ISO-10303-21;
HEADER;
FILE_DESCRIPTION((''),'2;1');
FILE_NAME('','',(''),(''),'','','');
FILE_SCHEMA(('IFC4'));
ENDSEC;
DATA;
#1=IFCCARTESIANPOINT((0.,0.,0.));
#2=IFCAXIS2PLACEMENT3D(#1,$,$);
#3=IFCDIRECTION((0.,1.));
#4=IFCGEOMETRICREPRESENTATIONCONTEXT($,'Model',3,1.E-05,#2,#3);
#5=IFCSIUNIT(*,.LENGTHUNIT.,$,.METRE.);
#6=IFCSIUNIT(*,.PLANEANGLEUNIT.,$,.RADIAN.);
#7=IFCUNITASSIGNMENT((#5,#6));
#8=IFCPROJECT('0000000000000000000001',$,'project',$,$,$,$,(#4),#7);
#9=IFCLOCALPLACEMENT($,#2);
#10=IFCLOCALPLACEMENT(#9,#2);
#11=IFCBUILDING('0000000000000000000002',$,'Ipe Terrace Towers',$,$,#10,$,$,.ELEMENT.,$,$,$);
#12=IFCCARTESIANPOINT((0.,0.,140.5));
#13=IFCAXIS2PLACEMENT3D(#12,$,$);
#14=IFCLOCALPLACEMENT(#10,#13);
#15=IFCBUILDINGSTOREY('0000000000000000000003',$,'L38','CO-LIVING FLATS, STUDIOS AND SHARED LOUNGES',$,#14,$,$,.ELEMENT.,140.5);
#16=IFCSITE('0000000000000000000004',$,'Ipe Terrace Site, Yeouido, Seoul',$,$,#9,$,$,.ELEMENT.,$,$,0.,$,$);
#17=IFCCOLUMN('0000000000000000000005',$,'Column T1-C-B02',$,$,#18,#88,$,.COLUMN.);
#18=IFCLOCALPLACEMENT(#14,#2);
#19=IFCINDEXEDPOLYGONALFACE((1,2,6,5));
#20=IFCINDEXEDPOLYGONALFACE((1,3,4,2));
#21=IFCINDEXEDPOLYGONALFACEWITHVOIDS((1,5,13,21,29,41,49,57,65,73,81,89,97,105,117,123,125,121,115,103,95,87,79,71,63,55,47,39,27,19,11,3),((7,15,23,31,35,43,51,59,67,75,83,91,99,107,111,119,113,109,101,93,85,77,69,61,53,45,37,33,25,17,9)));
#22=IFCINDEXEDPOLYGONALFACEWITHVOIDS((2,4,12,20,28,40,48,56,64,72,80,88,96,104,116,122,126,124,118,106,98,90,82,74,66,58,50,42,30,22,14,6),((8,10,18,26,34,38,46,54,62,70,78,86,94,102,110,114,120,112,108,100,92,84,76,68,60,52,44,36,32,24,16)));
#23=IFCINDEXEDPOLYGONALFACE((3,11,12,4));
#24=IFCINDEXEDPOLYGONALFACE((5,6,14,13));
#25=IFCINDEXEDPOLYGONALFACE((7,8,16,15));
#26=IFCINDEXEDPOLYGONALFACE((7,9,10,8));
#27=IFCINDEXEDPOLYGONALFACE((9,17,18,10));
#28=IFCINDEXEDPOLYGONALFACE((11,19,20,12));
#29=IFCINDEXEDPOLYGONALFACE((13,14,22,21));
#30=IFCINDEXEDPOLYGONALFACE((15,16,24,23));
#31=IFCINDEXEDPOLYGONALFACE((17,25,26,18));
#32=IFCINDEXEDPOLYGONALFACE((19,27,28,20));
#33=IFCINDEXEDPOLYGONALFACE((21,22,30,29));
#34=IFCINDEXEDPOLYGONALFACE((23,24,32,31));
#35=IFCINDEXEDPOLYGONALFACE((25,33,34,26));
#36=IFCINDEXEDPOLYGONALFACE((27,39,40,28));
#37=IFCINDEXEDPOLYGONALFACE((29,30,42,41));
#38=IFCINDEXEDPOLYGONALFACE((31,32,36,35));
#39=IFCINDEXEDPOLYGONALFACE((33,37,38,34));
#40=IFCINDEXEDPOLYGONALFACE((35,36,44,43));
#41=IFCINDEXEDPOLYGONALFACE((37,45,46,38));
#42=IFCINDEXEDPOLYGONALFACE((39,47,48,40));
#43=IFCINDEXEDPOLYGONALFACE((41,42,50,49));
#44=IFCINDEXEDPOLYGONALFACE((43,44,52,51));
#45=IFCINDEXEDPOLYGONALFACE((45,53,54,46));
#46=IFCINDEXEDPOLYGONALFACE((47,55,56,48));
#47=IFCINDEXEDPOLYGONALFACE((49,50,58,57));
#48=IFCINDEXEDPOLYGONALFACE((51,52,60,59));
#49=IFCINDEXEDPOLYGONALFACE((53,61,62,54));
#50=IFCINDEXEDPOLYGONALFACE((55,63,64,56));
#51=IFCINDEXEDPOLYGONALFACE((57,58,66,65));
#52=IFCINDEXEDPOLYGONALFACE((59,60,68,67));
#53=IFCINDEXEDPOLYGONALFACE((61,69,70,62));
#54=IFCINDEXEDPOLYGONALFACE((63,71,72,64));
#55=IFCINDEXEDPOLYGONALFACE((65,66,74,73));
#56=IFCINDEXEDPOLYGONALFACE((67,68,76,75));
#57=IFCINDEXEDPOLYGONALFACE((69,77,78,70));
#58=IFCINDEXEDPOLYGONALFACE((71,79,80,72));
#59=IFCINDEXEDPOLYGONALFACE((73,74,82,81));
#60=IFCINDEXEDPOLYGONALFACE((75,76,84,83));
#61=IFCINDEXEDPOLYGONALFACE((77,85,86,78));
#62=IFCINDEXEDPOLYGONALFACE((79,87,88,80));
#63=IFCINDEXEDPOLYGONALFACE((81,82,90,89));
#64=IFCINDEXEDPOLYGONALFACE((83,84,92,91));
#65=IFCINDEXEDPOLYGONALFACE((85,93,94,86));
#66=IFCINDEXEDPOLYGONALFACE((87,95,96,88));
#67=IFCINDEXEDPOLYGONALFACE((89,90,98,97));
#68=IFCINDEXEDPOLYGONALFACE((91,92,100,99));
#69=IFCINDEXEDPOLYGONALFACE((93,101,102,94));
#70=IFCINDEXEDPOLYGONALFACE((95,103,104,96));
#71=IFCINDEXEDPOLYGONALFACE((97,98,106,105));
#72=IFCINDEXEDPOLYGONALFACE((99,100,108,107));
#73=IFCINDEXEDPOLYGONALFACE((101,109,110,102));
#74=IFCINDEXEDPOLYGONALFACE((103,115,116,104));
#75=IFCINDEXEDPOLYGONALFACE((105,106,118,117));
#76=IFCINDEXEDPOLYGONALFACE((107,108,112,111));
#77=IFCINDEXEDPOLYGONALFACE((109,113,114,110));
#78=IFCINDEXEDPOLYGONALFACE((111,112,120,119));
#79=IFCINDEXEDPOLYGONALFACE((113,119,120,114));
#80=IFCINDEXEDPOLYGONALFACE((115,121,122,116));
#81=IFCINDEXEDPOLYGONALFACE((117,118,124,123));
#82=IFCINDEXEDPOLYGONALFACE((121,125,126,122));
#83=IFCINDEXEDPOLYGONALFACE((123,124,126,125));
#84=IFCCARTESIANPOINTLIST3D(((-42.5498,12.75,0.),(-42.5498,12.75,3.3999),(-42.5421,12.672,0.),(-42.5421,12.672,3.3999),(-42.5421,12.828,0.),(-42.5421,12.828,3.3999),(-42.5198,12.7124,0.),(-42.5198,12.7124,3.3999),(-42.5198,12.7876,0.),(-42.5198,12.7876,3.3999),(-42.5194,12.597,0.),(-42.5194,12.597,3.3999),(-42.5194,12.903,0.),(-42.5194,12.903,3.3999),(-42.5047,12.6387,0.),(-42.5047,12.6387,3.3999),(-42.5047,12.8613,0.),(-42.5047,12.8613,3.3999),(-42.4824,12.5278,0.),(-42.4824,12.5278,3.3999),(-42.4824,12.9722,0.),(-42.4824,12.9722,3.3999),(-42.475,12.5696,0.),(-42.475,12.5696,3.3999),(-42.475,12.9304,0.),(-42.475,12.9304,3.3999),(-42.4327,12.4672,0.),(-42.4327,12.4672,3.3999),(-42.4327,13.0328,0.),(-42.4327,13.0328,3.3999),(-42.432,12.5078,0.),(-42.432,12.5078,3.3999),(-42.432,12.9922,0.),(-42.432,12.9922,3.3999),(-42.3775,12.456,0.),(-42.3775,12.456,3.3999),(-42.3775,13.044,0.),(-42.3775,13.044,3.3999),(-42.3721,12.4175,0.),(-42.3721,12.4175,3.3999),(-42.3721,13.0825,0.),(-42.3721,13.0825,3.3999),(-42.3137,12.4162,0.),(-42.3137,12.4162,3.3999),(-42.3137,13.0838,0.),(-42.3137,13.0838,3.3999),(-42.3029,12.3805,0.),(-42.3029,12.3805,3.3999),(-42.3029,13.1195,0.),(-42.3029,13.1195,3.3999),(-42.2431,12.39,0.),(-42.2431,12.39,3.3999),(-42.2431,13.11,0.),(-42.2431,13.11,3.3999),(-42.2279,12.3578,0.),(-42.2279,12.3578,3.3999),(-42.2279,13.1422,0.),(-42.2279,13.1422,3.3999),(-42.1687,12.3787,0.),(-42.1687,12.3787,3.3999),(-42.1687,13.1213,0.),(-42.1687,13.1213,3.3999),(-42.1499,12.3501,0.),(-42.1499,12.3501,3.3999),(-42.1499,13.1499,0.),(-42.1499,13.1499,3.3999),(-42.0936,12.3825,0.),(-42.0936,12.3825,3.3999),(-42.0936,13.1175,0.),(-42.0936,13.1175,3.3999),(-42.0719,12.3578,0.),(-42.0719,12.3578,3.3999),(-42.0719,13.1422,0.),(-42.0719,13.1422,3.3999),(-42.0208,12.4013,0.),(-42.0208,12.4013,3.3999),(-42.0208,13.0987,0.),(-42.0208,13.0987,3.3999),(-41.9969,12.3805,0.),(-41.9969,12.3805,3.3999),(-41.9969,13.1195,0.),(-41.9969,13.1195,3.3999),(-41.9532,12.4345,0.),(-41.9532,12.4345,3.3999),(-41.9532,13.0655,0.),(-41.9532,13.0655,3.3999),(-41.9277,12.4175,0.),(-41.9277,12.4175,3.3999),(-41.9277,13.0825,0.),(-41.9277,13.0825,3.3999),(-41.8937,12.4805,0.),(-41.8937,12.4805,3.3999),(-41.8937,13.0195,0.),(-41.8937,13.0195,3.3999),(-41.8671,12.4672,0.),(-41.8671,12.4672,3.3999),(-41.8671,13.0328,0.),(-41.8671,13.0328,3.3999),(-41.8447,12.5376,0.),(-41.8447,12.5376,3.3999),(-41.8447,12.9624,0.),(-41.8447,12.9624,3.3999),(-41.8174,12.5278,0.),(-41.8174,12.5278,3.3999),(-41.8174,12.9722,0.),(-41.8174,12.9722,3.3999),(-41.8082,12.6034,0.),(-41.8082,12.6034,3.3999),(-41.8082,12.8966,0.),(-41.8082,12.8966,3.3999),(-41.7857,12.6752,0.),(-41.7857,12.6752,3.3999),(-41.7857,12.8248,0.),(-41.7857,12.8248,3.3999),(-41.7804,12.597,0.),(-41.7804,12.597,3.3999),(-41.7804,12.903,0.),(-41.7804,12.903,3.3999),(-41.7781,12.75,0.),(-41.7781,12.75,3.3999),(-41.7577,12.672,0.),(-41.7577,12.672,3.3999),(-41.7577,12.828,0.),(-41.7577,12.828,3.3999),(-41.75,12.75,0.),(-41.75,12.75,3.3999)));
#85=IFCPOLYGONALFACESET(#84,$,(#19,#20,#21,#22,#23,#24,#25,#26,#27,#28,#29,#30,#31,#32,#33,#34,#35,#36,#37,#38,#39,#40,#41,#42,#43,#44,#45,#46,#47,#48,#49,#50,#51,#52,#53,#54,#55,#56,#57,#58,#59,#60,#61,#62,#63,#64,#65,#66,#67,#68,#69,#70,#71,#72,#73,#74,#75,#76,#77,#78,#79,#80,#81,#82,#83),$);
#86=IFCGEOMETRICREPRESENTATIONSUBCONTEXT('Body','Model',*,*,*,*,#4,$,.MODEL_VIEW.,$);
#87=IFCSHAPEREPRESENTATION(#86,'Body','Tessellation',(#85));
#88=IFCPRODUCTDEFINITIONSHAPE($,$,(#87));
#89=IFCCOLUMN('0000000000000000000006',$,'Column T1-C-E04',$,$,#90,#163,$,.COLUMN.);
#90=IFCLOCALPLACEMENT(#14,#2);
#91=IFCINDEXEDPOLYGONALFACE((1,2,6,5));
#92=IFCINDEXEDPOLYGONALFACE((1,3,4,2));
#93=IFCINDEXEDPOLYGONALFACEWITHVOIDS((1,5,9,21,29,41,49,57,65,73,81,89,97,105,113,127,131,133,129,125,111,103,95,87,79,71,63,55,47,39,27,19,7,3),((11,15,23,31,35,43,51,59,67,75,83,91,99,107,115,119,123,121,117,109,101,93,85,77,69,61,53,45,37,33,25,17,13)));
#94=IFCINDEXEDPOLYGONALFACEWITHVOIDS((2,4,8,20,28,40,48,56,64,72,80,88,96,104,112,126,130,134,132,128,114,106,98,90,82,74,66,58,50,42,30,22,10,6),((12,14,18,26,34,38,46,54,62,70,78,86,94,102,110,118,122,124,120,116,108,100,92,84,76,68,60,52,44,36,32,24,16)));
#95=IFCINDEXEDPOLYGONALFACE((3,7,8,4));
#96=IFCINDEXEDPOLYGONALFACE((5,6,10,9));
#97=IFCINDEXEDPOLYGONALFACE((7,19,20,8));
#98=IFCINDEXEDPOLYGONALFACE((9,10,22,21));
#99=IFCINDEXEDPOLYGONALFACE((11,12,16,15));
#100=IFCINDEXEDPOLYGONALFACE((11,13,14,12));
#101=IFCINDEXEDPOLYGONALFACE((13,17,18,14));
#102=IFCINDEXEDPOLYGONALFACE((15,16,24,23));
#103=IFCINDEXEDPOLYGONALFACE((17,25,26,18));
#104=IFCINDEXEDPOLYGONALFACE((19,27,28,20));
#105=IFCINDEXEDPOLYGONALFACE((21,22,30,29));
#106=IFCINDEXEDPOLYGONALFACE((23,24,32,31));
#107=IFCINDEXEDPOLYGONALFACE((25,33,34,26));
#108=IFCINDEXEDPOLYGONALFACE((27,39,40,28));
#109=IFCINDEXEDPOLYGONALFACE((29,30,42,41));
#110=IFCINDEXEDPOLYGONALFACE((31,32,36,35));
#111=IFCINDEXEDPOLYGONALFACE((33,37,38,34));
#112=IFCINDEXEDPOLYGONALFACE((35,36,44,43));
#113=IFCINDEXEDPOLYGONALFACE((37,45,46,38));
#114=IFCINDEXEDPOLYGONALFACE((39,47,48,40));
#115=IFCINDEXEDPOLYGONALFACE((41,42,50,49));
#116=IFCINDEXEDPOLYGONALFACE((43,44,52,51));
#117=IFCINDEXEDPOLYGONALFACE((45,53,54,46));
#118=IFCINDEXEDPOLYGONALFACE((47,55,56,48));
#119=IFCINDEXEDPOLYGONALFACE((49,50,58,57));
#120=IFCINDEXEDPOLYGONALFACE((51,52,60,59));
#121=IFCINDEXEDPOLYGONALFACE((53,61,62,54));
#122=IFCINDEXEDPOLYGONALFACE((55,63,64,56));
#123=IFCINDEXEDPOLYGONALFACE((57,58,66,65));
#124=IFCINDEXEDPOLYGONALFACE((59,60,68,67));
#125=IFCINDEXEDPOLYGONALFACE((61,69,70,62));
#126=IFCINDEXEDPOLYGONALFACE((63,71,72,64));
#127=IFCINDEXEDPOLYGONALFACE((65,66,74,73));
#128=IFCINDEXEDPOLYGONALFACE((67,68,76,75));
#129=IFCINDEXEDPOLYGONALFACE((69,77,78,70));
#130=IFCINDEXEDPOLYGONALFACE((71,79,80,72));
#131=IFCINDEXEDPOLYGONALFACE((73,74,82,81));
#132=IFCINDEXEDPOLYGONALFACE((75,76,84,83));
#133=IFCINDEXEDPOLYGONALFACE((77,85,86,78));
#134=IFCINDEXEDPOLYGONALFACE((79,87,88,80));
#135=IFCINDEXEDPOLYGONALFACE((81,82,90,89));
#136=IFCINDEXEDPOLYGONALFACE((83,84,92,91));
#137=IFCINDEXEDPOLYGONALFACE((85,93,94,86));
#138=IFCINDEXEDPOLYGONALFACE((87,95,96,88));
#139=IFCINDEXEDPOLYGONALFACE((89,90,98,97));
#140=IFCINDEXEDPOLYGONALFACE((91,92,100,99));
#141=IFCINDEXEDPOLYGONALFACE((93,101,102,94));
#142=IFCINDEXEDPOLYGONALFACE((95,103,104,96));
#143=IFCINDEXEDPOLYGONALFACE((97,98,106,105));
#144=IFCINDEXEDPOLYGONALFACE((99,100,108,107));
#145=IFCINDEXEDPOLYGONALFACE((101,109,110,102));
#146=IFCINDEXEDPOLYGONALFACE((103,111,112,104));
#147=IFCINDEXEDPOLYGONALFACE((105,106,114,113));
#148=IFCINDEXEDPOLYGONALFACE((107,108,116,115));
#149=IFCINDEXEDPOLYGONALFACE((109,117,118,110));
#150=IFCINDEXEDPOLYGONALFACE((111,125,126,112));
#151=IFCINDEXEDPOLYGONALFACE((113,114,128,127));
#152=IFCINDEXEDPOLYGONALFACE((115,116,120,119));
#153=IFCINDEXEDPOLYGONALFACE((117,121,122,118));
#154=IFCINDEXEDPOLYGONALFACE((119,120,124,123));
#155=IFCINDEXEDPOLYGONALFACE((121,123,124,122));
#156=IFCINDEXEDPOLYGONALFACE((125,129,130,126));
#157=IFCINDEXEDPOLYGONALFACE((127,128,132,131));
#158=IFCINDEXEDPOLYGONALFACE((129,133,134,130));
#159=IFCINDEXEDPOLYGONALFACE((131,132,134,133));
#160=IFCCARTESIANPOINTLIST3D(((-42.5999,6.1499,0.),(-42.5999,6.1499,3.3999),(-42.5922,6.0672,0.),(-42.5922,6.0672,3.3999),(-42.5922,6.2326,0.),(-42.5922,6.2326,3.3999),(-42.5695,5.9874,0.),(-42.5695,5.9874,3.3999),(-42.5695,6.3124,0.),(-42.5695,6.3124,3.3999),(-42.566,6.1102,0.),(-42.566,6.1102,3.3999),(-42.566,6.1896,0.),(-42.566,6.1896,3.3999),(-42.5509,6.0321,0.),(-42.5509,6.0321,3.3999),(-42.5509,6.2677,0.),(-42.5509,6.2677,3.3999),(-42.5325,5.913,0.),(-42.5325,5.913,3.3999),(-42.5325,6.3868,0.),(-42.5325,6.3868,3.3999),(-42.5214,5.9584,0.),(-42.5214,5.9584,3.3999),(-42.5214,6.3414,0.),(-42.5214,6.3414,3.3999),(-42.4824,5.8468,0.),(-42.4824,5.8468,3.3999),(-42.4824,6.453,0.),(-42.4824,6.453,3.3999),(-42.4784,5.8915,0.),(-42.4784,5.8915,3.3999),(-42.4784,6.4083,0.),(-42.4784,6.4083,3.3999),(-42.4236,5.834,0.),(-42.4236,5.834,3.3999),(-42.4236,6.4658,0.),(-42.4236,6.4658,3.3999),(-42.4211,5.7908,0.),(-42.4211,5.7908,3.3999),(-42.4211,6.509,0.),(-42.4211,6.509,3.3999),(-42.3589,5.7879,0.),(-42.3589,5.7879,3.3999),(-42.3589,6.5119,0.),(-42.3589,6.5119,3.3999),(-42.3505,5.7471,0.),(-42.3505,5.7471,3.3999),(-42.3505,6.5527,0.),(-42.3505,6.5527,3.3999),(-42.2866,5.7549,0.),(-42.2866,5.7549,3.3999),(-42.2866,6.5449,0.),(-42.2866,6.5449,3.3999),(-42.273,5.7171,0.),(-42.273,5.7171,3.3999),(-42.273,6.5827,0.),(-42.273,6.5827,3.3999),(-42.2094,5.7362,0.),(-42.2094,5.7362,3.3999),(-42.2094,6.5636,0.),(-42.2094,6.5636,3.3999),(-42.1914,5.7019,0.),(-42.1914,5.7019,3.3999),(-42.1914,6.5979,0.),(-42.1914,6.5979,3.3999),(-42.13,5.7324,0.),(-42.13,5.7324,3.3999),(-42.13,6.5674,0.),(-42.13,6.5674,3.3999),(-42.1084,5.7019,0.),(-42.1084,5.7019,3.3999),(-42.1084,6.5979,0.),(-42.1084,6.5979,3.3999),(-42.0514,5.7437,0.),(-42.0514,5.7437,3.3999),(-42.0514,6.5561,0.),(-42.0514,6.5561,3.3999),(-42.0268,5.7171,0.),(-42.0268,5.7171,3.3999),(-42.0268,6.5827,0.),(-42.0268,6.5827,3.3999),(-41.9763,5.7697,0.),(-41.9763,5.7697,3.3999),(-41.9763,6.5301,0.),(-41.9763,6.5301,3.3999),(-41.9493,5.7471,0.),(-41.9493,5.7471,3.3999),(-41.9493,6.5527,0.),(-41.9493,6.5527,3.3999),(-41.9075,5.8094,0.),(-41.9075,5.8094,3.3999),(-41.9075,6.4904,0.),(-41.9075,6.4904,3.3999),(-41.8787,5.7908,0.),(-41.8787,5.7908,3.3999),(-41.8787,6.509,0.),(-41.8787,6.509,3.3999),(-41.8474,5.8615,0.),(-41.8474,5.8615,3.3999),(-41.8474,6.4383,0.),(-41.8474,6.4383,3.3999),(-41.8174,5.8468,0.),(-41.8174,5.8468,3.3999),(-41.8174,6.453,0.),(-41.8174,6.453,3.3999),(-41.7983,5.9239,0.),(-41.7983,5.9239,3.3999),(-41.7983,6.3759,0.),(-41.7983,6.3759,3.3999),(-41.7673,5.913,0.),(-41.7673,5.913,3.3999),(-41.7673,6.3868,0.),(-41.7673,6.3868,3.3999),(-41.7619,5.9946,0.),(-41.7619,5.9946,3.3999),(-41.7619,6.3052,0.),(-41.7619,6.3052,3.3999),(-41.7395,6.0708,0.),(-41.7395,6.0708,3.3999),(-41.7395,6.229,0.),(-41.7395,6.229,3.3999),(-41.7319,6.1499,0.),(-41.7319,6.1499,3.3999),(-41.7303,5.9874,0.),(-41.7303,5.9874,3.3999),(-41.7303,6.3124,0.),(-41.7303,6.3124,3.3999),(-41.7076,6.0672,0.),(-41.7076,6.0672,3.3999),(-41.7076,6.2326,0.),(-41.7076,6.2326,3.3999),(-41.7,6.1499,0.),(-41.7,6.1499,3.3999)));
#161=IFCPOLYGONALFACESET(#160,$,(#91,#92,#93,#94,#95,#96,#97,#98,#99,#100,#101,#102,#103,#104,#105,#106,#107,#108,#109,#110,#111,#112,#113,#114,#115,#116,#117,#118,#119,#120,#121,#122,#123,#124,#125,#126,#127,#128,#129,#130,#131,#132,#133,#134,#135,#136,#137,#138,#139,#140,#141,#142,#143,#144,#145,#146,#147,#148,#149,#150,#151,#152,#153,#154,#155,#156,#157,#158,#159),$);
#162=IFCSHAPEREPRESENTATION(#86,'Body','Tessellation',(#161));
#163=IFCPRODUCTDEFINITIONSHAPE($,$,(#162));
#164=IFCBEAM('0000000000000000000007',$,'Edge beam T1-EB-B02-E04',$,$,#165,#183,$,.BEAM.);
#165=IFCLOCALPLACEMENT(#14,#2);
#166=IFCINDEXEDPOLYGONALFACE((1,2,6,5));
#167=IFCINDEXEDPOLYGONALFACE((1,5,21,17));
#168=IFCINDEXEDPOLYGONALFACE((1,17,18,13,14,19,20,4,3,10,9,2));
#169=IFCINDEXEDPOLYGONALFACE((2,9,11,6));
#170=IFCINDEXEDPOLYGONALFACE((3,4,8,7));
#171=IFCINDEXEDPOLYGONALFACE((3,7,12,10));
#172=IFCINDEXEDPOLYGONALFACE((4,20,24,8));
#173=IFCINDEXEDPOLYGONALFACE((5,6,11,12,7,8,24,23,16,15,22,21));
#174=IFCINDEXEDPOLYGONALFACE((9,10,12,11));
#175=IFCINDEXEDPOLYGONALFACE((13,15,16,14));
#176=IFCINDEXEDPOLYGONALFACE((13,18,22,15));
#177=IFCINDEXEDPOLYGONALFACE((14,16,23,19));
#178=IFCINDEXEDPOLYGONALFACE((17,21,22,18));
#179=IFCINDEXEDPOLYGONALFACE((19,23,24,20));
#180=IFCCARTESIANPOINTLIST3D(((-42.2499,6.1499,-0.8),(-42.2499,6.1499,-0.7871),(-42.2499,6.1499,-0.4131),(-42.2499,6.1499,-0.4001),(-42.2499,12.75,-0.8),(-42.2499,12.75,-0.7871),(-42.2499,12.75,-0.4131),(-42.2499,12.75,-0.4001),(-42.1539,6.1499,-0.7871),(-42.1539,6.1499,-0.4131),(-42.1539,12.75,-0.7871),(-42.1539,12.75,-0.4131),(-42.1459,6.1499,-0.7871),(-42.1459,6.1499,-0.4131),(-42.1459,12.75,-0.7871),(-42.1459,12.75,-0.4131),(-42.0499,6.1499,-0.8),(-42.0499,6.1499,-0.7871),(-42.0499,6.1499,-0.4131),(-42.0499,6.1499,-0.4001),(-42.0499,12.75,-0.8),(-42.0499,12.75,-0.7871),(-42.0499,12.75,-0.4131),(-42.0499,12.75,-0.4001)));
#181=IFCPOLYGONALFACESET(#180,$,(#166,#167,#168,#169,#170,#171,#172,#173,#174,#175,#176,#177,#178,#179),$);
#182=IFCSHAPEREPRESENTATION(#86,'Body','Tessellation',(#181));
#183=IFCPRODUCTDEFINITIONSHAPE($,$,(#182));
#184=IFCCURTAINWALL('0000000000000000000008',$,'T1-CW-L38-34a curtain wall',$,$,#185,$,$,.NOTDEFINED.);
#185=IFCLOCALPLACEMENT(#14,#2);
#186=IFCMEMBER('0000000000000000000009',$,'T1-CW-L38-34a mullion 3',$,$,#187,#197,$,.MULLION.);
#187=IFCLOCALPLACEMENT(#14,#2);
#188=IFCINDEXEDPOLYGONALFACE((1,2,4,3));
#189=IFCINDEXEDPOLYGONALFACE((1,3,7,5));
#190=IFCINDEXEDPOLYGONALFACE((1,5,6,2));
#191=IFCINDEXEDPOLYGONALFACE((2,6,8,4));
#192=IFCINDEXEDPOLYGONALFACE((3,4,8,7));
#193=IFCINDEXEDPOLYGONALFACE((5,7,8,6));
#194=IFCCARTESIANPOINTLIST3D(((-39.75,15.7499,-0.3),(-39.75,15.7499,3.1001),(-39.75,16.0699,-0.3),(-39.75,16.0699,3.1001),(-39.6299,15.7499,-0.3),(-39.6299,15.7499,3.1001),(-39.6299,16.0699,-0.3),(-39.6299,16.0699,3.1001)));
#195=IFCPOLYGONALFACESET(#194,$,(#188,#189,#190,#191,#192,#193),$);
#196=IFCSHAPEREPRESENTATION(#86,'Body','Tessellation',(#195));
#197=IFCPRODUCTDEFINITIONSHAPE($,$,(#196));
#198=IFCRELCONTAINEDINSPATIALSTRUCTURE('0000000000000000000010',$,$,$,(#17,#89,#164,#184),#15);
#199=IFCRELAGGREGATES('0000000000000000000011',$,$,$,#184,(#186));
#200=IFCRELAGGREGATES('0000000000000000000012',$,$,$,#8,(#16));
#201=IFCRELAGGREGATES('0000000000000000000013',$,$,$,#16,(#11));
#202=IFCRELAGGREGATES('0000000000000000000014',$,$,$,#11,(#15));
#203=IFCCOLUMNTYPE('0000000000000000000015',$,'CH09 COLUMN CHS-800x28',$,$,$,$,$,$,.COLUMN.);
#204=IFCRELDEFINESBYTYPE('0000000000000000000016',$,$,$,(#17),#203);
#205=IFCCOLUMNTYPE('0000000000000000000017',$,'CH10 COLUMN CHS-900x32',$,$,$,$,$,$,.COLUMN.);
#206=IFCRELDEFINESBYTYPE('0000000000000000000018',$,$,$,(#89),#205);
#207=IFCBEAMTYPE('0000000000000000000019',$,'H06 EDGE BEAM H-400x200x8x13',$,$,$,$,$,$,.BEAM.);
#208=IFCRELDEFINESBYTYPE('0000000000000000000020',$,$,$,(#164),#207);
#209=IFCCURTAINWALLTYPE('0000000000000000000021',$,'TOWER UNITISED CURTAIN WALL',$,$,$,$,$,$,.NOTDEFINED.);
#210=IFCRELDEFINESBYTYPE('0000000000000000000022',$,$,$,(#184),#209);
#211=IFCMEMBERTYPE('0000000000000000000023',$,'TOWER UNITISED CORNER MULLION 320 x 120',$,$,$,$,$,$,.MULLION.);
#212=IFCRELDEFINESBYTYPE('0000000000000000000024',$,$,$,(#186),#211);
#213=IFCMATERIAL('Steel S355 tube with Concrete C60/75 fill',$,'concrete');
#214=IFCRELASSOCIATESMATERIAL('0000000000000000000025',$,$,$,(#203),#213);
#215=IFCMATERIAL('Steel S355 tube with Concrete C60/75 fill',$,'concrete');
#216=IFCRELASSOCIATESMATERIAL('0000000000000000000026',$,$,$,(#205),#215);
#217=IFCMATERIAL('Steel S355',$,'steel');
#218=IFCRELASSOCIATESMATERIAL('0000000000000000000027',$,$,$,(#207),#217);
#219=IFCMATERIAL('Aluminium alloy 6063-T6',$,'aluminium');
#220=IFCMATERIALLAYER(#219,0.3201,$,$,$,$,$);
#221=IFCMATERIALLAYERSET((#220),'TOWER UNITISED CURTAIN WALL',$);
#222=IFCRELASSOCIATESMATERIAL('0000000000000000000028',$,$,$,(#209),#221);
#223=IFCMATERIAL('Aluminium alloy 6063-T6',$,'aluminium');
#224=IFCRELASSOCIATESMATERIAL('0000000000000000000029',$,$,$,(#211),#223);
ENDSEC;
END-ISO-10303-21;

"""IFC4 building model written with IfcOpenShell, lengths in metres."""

from ifc_helpers import new_model, si_unit, direction, frame, origin, origin_2d, place, context, subcontext, project, spatial, rectangle, hollow_circle, i_section, extrude, material, layer, layer_set, material_profile, profile_set, type_object, element, aggregate, save


model = new_model("IFC4")

# Units and contexts
model_context = context("Model", 3, precision=1e-05, world=origin(), true_north=direction((0.0, 1.0)))
body_context = subcontext(model_context, "Body", "Model", "MODEL_VIEW")
ifc_project = project(units=[si_unit("LENGTHUNIT", "METRE"), si_unit("PLANEANGLEUNIT", "RADIAN")], contexts=[model_context])

# Site, building, storey
site_placement = place(None, origin())
site = spatial("IfcSite", under=ifc_project, at=site_placement, Name="Ipe Terrace Site, Yeouido, Seoul", CompositionType="ELEMENT", RefElevation=0.0)
building_placement = place(site_placement, origin())
building = spatial("IfcBuilding", under=site, at=building_placement, Name="Ipe Terrace Towers", CompositionType="ELEMENT")
storey_placement = place(building_placement, frame((0.0, 0.0, 140.5)))
storey = spatial("IfcBuildingStorey", under=building, at=storey_placement, Name="L38", Description="CO-LIVING FLATS, STUDIOS AND SHARED LOUNGES", CompositionType="ELEMENT", Elevation=140.5)

# Columns
ifc_material_1 = material(Name="Steel S355 tube with Concrete C60/75 fill", Category="concrete")
ifc_material_profile_1 = material_profile(ifc_material_1, hollow_circle(Radius=0.3999, WallThickness=0.0281, at=origin_2d()), Name="CHS-800x28")
ifc_profile_set_1 = profile_set([ifc_material_profile_1], Name="Steel S355 tube with Concrete C60/75 fill")
column_type_1 = type_object("IfcColumnType", Name="CH09 COLUMN CHS-800x28", PredefinedType="COLUMN", material=ifc_profile_set_1)
column_1_placement = place(storey_placement, frame((-42.1499, 12.75, 0.0), z_axis=(0.0, 0.0, 1.0), x_axis=(1.0, 0.0, 0.0)))
element("IfcColumn", 1, at=column_1_placement, inside=storey, type_object=column_type_1, Name="Column T1-C-B02", PredefinedType="COLUMN", context=body_context, shape_type="SweptSolid", body=[
    extrude(hollow_circle(Radius=0.3999, WallThickness=0.0281, at=origin_2d()), origin(), (0.0, 0.0, 1.0), 3.3999),
])
ifc_material_2 = material(Name="Steel S355 tube with Concrete C60/75 fill", Category="concrete")
ifc_material_profile_2 = material_profile(ifc_material_2, hollow_circle(Radius=0.45, WallThickness=0.032, at=origin_2d()), Name="CHS-900x32")
ifc_profile_set_2 = profile_set([ifc_material_profile_2], Name="Steel S355 tube with Concrete C60/75 fill")
column_type_2 = type_object("IfcColumnType", Name="CH10 COLUMN CHS-900x32", PredefinedType="COLUMN", material=ifc_profile_set_2)
column_2_placement = place(storey_placement, frame((-42.1499, 6.1499, 0.0), z_axis=(0.0, 0.0, 1.0), x_axis=(1.0, 0.0, 0.0)))
element("IfcColumn", 2, at=column_2_placement, inside=storey, type_object=column_type_2, Name="Column T1-C-E04", PredefinedType="COLUMN", context=body_context, shape_type="SweptSolid", body=[
    extrude(hollow_circle(Radius=0.45, WallThickness=0.032, at=origin_2d()), origin(), (0.0, 0.0, 1.0), 3.3999),
])

# Beam
ifc_material_3 = material(Name="Steel S355", Category="steel")
ifc_material_profile_3 = material_profile(ifc_material_3, i_section(OverallWidth=0.2, OverallDepth=0.3999, WebThickness=0.0081, FlangeThickness=0.0129, at=origin_2d()), Name="H-400x200x8x13")
ifc_profile_set_3 = profile_set([ifc_material_profile_3], Name="Steel S355")
beam_type = type_object("IfcBeamType", Name="H06 EDGE BEAM H-400x200x8x13", PredefinedType="BEAM", material=ifc_profile_set_3)
beam_placement = place(storey_placement, frame((-42.1499, 12.75, -0.6001), z_axis=(0.0, -1.0, 0.0), x_axis=(1.0, 0.0, 0.0)))
element("IfcBeam", 3, at=beam_placement, inside=storey, type_object=beam_type, Name="Edge beam T1-EB-B02-E04", PredefinedType="BEAM", context=body_context, shape_type="SweptSolid", body=[
    extrude(i_section(OverallWidth=0.2, OverallDepth=0.3999, WebThickness=0.0081, FlangeThickness=0.0129, at=origin_2d()), origin(), (0.0, 0.0, 1.0), 6.6001),
])

# Curtain wall, member
ifc_material_4 = material(Name="Aluminium alloy 6063-T6", Category="aluminium")
ifc_layer_1 = layer(ifc_material_4, 0.3201)
ifc_layer_set_1 = layer_set([ifc_layer_1], Name="TOWER UNITISED CURTAIN WALL")
curtain_wall_type = type_object("IfcCurtainWallType", Name="TOWER UNITISED CURTAIN WALL", PredefinedType="NOTDEFINED", material=ifc_layer_set_1)
curtain_wall_1_placement = place(storey_placement, origin())
curtain_wall_1 = element("IfcCurtainWall", 4, at=curtain_wall_1_placement, inside=storey, type_object=curtain_wall_type, Name="T1-CW-L38-34a curtain wall", PredefinedType="NOTDEFINED")
ifc_material_5 = material(Name="Aluminium alloy 6063-T6", Category="aluminium")
ifc_material_profile_4 = material_profile(ifc_material_5, rectangle(XDim=0.3201, YDim=0.1201, at=origin_2d()), Name="TOWER UNITISED CORNER MULLION 320 x 120")
ifc_profile_set_4 = profile_set([ifc_material_profile_4], Name="Aluminium alloy 6063-T6")
member_type_1 = type_object("IfcMemberType", Name="TOWER UNITISED CORNER MULLION 320 x 120", PredefinedType="MULLION", material=ifc_profile_set_4)
member_1_placement = place(storey_placement, frame((-39.6899, 15.9099, -0.3), z_axis=(0.0, 0.0, 1.0), x_axis=(0.0, 1.0, 0.0)))
member_1 = element("IfcMember", 5, at=member_1_placement, type_object=member_type_1, Name="T1-CW-L38-34a mullion 3", PredefinedType="MULLION", context=body_context, shape_type="SweptSolid", body=[
    extrude(rectangle(XDim=0.3201, YDim=0.1201, at=origin_2d()), origin(), (0.0, 0.0, 1.0), 3.4001),
])

aggregate(curtain_wall_1, [member_1])

save(model, "model.ifc")
